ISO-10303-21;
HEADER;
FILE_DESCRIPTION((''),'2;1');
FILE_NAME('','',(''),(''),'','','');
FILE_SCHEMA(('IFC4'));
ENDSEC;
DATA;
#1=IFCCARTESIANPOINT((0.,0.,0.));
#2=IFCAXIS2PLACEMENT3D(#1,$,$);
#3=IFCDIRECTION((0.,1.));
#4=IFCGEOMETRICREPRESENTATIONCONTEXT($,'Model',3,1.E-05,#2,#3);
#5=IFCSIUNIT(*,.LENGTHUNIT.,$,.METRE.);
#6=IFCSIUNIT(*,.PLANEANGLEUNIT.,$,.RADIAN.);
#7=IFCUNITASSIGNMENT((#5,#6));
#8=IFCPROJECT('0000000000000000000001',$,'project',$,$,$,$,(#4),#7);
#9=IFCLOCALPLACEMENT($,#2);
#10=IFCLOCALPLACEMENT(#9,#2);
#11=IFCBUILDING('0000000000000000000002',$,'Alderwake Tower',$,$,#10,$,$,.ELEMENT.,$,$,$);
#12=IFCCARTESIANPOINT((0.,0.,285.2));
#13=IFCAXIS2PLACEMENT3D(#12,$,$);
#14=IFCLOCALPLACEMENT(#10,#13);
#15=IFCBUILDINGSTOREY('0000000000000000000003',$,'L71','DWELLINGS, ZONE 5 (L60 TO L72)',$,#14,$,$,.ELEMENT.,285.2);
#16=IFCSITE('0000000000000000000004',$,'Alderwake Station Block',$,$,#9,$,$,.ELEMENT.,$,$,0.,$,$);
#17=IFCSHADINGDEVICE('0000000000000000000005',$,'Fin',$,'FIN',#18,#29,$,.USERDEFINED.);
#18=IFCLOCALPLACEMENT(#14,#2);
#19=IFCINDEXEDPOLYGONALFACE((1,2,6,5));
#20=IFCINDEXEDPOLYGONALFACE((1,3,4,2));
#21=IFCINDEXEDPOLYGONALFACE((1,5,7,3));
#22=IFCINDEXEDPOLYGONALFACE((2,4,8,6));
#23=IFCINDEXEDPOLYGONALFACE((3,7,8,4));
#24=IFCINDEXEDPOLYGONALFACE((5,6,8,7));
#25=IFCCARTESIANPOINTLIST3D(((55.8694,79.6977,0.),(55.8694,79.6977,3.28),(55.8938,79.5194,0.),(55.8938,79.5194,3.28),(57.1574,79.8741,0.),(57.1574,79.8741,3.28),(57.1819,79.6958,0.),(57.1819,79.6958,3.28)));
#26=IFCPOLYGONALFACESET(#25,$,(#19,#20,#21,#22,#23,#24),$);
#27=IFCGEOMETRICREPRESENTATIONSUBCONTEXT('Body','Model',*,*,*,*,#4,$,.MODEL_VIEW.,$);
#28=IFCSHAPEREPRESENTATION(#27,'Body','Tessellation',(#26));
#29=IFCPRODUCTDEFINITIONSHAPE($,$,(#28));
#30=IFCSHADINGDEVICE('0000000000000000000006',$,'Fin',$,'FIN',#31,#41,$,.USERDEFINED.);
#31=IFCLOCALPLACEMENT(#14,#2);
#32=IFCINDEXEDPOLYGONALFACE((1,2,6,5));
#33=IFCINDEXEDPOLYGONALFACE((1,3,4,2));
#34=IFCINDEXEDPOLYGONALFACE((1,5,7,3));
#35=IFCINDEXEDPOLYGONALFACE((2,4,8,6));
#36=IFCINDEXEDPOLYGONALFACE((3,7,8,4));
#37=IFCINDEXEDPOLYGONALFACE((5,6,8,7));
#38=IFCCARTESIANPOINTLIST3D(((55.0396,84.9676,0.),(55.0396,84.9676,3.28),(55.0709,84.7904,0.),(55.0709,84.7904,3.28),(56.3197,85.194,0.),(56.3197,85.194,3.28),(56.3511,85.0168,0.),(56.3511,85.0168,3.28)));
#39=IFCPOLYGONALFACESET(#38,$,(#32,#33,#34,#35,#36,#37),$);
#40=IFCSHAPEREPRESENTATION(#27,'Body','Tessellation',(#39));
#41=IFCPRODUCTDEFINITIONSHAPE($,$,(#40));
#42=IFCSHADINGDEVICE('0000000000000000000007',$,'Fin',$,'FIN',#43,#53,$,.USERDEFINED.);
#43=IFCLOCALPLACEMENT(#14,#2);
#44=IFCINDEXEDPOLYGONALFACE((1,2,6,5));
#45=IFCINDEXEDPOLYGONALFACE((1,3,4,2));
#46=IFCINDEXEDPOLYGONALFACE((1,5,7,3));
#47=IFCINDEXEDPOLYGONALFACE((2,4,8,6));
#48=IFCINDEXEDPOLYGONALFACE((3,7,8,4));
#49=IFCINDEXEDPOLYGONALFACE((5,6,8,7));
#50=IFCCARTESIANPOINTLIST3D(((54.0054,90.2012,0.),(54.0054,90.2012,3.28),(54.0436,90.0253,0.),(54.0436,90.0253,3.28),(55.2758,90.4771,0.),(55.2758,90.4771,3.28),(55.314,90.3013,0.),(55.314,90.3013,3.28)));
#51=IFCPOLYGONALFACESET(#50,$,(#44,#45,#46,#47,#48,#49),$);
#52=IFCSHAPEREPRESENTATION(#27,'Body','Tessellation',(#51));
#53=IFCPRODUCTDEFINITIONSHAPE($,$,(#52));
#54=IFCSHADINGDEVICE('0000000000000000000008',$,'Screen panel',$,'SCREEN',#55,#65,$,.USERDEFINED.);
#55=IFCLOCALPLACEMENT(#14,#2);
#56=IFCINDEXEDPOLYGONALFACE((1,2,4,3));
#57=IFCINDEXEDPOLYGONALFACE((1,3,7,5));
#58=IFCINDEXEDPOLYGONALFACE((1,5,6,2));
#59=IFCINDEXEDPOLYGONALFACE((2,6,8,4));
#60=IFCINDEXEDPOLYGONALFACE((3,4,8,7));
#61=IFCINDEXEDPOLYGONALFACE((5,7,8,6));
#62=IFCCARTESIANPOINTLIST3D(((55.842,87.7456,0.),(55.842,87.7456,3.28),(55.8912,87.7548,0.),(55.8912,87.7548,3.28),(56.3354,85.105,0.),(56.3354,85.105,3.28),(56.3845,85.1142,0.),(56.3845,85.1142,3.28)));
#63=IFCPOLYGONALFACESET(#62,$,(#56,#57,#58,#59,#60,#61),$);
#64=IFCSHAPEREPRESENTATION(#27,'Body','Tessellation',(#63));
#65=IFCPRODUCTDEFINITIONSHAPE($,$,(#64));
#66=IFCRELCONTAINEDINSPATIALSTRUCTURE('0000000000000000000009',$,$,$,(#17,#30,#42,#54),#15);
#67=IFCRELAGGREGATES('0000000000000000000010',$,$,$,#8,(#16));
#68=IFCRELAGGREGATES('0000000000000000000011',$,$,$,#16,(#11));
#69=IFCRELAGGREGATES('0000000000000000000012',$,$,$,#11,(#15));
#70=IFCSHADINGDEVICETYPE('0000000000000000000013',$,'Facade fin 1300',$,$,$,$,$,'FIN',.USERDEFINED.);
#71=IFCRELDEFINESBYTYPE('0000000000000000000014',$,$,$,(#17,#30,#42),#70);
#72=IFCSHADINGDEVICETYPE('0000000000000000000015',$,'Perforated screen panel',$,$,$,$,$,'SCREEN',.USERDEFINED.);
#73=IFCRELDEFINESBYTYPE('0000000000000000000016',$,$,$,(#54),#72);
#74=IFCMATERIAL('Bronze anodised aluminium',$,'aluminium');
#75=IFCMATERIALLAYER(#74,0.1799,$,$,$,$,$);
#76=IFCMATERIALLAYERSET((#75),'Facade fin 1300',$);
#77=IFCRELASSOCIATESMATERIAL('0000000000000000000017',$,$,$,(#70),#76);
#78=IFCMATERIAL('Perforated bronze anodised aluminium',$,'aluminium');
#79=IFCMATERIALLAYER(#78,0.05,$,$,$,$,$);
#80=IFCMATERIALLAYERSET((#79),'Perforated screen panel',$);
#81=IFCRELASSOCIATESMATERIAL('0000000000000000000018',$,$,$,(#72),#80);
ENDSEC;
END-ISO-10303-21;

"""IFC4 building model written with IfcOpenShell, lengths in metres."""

from ifc_helpers import new_model, si_unit, direction, frame, origin, origin_2d, place, context, subcontext, project, spatial, rectangle, extrude, material, layer, layer_set, type_object, element, save


model = new_model("IFC4")

# Units and contexts
model_context = context("Model", 3, precision=1e-05, world=origin(), true_north=direction((0.0, 1.0)))
body_context = subcontext(model_context, "Body", "Model", "MODEL_VIEW")
ifc_project = project(units=[si_unit("LENGTHUNIT", "METRE"), si_unit("PLANEANGLEUNIT", "RADIAN")], contexts=[model_context])

# Site, building, storey
site_placement = place(None, origin())
site = spatial("IfcSite", under=ifc_project, at=site_placement, Name="Alderwake Station Block", CompositionType="ELEMENT", RefElevation=0.0)
building_placement = place(site_placement, origin())
building = spatial("IfcBuilding", under=site, at=building_placement, Name="Alderwake Tower", CompositionType="ELEMENT")
storey_placement = place(building_placement, frame((0.0, 0.0, 285.2)))
storey = spatial("IfcBuildingStorey", under=building, at=storey_placement, Name="L71", Description="DWELLINGS, ZONE 5 (L60 TO L72)", CompositionType="ELEMENT", Elevation=285.2)

# Shading devices
ifc_material_1 = material(Name="Bronze anodised aluminium", Category="aluminium")
ifc_layer_1 = layer(ifc_material_1, 0.1799)
ifc_layer_set_1 = layer_set([ifc_layer_1], Name="Facade fin 1300")
shading_device_type_1 = type_object("IfcShadingDeviceType", Name="Facade fin 1300", ElementType="FIN", PredefinedType="USERDEFINED", material=ifc_layer_set_1)
for number, where, z_axis, x_axis, name in (
    (1, (56.5256, 79.6968, 0.0), (0.0, 0.0, 1.0), (0.990753, 0.135681, 0.0), "Fin"),
    (2, (55.6953, 84.9922, 0.0), (0.0, 0.0, 1.0), (0.984726, 0.174109, 0.0), "Fin"),
    (3, (54.6597, 90.2512, 0.0), (0.0, 0.0, 1.0), (0.97721, 0.212273, 0.0), "Fin"),
):
    element("IfcShadingDevice", number, at=place(storey_placement, frame(where, z_axis=z_axis, x_axis=x_axis)), inside=storey, type_object=shading_device_type_1, Name=name, ObjectType="FIN", PredefinedType="USERDEFINED", context=body_context, shape_type="SweptSolid", body=[
        extrude(rectangle(XDim=1.3, YDim=0.1799, at=origin_2d()), origin(), (0.0, 0.0, 1.0), 3.28),
    ])
ifc_material_2 = material(Name="Perforated bronze anodised aluminium", Category="aluminium")
ifc_layer_2 = layer(ifc_material_2, 0.05)
ifc_layer_set_2 = layer_set([ifc_layer_2], Name="Perforated screen panel")
shading_device_type_2 = type_object("IfcShadingDeviceType", Name="Perforated screen panel", ElementType="SCREEN", PredefinedType="USERDEFINED", material=ifc_layer_set_2)
shading_device_placement = place(storey_placement, frame((56.1133, 86.4299, 0.0), z_axis=(0.0, 0.0, 1.0), x_axis=(0.982991, 0.183651, 0.0)))
element("IfcShadingDevice", 4, at=shading_device_placement, inside=storey, type_object=shading_device_type_2, Name="Screen panel", ObjectType="SCREEN", PredefinedType="USERDEFINED", context=body_context, shape_type="SweptSolid", body=[
    extrude(rectangle(XDim=0.05, YDim=2.6863, at=origin_2d()), origin(), (0.0, 0.0, 1.0), 3.28),
])

save(model, "model.ifc")
